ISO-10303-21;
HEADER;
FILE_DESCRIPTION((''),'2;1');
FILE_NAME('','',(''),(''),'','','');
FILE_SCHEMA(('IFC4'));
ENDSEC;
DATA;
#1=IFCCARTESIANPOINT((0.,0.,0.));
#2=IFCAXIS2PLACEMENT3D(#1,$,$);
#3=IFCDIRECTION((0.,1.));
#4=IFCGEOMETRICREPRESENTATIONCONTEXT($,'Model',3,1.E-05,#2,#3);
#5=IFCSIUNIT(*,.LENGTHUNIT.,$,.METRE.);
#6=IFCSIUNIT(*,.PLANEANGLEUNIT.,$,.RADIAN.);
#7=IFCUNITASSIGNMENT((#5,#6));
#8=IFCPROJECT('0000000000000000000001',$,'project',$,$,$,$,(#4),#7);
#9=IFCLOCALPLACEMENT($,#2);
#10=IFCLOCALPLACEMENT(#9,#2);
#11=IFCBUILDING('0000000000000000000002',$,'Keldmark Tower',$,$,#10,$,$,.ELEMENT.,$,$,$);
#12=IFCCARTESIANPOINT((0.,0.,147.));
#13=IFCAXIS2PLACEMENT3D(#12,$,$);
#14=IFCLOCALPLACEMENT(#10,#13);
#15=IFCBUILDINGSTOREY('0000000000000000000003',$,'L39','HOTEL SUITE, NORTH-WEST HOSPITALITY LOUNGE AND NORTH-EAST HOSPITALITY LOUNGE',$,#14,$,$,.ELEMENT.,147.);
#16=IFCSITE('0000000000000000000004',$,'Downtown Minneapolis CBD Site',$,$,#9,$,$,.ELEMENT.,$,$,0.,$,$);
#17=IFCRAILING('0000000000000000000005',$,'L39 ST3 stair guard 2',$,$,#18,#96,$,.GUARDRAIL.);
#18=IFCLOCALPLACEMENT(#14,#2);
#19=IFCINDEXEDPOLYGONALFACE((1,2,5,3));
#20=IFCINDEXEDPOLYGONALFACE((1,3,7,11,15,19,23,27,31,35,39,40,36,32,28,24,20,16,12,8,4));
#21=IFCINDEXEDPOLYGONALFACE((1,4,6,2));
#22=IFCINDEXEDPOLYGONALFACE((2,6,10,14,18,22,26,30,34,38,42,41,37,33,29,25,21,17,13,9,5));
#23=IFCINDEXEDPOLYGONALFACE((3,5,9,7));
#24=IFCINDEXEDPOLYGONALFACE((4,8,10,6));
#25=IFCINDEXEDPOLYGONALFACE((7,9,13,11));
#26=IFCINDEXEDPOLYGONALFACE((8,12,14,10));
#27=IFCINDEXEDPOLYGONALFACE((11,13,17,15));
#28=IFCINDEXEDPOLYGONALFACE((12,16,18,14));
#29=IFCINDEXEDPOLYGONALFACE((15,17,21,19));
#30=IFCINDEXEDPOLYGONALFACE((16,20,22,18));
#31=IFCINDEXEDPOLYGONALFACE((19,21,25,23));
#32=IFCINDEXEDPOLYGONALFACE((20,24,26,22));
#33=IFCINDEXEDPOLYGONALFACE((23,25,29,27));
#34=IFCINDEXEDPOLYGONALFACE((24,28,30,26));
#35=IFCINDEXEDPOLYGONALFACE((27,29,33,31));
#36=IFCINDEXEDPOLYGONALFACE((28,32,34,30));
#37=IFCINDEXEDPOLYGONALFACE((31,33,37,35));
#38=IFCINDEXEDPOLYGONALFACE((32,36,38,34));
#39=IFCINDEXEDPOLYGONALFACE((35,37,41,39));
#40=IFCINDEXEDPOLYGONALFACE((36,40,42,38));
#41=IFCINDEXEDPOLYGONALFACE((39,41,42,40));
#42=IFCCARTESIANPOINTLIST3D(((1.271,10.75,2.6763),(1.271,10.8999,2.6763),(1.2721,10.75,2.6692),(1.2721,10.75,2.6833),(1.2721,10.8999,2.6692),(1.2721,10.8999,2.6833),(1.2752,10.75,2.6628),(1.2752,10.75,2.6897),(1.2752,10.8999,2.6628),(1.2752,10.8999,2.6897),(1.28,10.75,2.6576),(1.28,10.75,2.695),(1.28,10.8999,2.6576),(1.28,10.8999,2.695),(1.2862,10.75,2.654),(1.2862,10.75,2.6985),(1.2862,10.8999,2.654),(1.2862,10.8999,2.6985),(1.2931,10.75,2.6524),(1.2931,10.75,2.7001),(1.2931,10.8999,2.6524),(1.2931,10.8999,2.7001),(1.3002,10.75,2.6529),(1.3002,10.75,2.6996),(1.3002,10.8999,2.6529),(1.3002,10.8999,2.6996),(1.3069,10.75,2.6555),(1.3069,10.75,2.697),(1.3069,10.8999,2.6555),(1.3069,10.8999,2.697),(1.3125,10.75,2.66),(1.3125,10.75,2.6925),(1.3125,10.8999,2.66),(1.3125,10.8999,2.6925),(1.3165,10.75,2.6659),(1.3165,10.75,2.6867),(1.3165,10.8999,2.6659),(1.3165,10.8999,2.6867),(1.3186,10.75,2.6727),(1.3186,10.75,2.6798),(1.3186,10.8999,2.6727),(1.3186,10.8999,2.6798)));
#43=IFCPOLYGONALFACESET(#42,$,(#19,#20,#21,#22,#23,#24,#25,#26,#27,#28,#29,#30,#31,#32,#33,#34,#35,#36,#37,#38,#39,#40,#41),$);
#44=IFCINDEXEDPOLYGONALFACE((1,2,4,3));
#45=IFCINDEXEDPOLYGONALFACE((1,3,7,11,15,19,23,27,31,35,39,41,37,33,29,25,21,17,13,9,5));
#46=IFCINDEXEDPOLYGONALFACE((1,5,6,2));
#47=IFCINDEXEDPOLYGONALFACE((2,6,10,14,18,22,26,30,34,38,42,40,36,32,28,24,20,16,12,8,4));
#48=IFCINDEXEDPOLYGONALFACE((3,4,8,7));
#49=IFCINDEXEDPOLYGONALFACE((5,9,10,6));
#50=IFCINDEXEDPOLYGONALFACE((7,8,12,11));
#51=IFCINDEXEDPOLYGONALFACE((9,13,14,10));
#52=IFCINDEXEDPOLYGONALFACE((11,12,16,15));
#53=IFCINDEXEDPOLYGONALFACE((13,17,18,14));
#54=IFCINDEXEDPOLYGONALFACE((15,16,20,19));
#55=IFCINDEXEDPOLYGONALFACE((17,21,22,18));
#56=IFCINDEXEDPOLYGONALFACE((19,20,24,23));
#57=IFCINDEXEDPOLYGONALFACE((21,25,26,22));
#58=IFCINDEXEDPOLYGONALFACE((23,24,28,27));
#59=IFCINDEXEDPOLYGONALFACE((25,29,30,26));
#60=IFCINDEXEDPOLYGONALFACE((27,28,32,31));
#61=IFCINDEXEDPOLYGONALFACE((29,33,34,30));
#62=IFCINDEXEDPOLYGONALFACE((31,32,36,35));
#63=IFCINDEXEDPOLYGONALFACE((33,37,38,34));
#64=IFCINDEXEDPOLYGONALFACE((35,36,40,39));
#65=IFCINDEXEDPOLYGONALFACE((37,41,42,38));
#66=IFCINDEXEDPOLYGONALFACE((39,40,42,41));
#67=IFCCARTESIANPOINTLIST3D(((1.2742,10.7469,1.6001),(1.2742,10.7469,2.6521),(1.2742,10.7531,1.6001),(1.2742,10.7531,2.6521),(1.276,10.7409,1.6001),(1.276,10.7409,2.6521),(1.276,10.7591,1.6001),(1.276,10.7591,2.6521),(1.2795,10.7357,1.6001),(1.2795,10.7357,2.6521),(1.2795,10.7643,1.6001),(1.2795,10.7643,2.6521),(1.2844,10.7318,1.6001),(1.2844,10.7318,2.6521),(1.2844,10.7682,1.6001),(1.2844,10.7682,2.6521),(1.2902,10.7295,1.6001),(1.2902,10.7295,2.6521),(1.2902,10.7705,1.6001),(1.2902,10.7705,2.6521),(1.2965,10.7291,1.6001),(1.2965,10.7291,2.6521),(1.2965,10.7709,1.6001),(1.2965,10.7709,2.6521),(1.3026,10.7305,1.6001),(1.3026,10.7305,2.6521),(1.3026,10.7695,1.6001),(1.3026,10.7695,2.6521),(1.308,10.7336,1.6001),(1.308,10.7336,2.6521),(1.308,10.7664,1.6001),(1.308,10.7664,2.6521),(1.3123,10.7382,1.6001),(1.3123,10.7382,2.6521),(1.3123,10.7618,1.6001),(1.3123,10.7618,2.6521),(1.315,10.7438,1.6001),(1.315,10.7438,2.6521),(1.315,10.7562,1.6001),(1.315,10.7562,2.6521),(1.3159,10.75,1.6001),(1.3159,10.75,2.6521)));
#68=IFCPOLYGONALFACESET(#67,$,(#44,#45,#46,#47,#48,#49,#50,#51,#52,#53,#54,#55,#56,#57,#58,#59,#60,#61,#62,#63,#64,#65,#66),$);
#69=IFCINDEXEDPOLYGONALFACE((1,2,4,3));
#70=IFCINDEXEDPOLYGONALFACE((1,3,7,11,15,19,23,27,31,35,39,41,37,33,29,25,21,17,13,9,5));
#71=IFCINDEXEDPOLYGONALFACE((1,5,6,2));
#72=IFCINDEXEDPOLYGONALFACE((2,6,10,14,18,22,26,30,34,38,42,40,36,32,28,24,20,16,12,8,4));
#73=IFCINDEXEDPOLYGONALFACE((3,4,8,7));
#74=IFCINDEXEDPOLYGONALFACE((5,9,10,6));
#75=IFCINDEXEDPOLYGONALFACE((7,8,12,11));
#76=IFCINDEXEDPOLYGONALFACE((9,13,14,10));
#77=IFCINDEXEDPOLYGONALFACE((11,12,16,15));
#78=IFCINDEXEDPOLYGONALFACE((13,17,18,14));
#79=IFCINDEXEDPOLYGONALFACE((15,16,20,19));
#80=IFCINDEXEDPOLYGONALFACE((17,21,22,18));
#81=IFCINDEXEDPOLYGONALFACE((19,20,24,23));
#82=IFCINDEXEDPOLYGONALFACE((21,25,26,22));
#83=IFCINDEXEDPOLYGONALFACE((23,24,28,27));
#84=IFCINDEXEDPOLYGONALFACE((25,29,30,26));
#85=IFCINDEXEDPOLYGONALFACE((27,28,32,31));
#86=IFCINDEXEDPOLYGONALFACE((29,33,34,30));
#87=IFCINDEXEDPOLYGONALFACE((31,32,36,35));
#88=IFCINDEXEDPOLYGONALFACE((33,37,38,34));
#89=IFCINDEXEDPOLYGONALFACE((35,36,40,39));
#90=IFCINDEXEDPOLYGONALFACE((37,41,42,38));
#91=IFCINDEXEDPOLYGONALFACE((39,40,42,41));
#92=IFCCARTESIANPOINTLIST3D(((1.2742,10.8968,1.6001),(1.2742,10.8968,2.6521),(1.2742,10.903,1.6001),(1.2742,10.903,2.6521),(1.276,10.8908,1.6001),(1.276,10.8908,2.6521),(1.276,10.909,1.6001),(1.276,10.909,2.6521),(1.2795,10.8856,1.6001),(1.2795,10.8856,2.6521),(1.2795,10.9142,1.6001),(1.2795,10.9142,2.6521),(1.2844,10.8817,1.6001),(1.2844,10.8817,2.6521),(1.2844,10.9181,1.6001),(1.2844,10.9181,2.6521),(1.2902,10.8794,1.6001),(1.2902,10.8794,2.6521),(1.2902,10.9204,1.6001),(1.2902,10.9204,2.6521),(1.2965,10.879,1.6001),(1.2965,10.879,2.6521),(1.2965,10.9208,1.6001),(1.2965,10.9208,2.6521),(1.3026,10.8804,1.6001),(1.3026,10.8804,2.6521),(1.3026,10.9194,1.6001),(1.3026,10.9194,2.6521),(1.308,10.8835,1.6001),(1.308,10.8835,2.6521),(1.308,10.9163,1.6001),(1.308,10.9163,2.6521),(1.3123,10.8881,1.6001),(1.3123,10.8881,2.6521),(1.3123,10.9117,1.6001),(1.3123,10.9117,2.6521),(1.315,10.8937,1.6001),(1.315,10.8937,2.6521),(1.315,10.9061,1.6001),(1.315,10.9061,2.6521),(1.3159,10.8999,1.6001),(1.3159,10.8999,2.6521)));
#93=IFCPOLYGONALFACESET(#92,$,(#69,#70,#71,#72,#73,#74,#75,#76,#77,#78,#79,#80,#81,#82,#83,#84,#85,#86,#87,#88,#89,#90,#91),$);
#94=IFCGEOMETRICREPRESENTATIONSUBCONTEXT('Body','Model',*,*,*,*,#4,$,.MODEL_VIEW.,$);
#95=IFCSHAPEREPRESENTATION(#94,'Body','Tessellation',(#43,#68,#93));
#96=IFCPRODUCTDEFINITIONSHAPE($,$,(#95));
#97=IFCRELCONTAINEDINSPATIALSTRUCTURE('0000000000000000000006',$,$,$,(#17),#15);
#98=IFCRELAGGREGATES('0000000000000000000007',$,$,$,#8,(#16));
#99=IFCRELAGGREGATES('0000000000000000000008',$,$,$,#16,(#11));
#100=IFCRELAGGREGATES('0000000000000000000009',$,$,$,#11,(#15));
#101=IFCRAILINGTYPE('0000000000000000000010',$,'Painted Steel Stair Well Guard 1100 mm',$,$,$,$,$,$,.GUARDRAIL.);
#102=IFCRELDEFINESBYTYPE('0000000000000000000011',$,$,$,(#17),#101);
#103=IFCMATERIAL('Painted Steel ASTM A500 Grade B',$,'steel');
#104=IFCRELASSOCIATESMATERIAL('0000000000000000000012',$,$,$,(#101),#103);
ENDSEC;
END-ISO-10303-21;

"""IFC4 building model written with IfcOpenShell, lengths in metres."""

from ifc_helpers import new_model, si_unit, direction, frame, origin, origin_2d, place, context, subcontext, project, spatial, circle, extrude, material, type_object, element, save


model = new_model("IFC4")

# Units and contexts
model_context = context("Model", 3, precision=1e-05, world=origin(), true_north=direction((0.0, 1.0)))
body_context = subcontext(model_context, "Body", "Model", "MODEL_VIEW")
ifc_project = project(units=[si_unit("LENGTHUNIT", "METRE"), si_unit("PLANEANGLEUNIT", "RADIAN")], contexts=[model_context])

# Site, building, storey
site_placement = place(None, origin())
site = spatial("IfcSite", under=ifc_project, at=site_placement, Name="Downtown Minneapolis CBD Site", CompositionType="ELEMENT", RefElevation=0.0)
building_placement = place(site_placement, origin())
building = spatial("IfcBuilding", under=site, at=building_placement, Name="Keldmark Tower", CompositionType="ELEMENT")
storey_placement = place(building_placement, frame((0.0, 0.0, 147.0)))
storey = spatial("IfcBuildingStorey", under=building, at=storey_placement, Name="L39", Description="HOTEL SUITE, NORTH-WEST HOSPITALITY LOUNGE AND NORTH-EAST HOSPITALITY LOUNGE", CompositionType="ELEMENT", Elevation=147.0)

# Railing
ifc_material_1 = material(Name="Painted Steel ASTM A500 Grade B", Category="steel")
railing_type_1 = type_object("IfcRailingType", Name="Painted Steel Stair Well Guard 1100 mm", PredefinedType="GUARDRAIL", material=ifc_material_1)
railing_1_placement = place(storey_placement, frame((1.2949, 10.75, 1.6001)))
element("IfcRailing", 1, at=railing_1_placement, inside=storey, type_object=railing_type_1, Name="L39 ST3 stair guard 2", PredefinedType="GUARDRAIL", context=body_context, shape_type="SweptSolid", body=[
    extrude(circle(Radius=0.0239, at=origin_2d()), frame((0.0, 0.0, 1.0762), z_axis=(0.0, 1.0, 0.0), x_axis=(-1.0, 0.0, 0.0)), (0.0, 0.0, 1.0), 0.1499),
    extrude(circle(Radius=0.021, at=origin_2d()), origin(), (0.0, 0.0, 1.0), 1.052),
    extrude(circle(Radius=0.021, at=origin_2d()), frame((0.0, 0.1499, 0.0)), (0.0, 0.0, 1.0), 1.052),
])

save(model, "model.ifc")
